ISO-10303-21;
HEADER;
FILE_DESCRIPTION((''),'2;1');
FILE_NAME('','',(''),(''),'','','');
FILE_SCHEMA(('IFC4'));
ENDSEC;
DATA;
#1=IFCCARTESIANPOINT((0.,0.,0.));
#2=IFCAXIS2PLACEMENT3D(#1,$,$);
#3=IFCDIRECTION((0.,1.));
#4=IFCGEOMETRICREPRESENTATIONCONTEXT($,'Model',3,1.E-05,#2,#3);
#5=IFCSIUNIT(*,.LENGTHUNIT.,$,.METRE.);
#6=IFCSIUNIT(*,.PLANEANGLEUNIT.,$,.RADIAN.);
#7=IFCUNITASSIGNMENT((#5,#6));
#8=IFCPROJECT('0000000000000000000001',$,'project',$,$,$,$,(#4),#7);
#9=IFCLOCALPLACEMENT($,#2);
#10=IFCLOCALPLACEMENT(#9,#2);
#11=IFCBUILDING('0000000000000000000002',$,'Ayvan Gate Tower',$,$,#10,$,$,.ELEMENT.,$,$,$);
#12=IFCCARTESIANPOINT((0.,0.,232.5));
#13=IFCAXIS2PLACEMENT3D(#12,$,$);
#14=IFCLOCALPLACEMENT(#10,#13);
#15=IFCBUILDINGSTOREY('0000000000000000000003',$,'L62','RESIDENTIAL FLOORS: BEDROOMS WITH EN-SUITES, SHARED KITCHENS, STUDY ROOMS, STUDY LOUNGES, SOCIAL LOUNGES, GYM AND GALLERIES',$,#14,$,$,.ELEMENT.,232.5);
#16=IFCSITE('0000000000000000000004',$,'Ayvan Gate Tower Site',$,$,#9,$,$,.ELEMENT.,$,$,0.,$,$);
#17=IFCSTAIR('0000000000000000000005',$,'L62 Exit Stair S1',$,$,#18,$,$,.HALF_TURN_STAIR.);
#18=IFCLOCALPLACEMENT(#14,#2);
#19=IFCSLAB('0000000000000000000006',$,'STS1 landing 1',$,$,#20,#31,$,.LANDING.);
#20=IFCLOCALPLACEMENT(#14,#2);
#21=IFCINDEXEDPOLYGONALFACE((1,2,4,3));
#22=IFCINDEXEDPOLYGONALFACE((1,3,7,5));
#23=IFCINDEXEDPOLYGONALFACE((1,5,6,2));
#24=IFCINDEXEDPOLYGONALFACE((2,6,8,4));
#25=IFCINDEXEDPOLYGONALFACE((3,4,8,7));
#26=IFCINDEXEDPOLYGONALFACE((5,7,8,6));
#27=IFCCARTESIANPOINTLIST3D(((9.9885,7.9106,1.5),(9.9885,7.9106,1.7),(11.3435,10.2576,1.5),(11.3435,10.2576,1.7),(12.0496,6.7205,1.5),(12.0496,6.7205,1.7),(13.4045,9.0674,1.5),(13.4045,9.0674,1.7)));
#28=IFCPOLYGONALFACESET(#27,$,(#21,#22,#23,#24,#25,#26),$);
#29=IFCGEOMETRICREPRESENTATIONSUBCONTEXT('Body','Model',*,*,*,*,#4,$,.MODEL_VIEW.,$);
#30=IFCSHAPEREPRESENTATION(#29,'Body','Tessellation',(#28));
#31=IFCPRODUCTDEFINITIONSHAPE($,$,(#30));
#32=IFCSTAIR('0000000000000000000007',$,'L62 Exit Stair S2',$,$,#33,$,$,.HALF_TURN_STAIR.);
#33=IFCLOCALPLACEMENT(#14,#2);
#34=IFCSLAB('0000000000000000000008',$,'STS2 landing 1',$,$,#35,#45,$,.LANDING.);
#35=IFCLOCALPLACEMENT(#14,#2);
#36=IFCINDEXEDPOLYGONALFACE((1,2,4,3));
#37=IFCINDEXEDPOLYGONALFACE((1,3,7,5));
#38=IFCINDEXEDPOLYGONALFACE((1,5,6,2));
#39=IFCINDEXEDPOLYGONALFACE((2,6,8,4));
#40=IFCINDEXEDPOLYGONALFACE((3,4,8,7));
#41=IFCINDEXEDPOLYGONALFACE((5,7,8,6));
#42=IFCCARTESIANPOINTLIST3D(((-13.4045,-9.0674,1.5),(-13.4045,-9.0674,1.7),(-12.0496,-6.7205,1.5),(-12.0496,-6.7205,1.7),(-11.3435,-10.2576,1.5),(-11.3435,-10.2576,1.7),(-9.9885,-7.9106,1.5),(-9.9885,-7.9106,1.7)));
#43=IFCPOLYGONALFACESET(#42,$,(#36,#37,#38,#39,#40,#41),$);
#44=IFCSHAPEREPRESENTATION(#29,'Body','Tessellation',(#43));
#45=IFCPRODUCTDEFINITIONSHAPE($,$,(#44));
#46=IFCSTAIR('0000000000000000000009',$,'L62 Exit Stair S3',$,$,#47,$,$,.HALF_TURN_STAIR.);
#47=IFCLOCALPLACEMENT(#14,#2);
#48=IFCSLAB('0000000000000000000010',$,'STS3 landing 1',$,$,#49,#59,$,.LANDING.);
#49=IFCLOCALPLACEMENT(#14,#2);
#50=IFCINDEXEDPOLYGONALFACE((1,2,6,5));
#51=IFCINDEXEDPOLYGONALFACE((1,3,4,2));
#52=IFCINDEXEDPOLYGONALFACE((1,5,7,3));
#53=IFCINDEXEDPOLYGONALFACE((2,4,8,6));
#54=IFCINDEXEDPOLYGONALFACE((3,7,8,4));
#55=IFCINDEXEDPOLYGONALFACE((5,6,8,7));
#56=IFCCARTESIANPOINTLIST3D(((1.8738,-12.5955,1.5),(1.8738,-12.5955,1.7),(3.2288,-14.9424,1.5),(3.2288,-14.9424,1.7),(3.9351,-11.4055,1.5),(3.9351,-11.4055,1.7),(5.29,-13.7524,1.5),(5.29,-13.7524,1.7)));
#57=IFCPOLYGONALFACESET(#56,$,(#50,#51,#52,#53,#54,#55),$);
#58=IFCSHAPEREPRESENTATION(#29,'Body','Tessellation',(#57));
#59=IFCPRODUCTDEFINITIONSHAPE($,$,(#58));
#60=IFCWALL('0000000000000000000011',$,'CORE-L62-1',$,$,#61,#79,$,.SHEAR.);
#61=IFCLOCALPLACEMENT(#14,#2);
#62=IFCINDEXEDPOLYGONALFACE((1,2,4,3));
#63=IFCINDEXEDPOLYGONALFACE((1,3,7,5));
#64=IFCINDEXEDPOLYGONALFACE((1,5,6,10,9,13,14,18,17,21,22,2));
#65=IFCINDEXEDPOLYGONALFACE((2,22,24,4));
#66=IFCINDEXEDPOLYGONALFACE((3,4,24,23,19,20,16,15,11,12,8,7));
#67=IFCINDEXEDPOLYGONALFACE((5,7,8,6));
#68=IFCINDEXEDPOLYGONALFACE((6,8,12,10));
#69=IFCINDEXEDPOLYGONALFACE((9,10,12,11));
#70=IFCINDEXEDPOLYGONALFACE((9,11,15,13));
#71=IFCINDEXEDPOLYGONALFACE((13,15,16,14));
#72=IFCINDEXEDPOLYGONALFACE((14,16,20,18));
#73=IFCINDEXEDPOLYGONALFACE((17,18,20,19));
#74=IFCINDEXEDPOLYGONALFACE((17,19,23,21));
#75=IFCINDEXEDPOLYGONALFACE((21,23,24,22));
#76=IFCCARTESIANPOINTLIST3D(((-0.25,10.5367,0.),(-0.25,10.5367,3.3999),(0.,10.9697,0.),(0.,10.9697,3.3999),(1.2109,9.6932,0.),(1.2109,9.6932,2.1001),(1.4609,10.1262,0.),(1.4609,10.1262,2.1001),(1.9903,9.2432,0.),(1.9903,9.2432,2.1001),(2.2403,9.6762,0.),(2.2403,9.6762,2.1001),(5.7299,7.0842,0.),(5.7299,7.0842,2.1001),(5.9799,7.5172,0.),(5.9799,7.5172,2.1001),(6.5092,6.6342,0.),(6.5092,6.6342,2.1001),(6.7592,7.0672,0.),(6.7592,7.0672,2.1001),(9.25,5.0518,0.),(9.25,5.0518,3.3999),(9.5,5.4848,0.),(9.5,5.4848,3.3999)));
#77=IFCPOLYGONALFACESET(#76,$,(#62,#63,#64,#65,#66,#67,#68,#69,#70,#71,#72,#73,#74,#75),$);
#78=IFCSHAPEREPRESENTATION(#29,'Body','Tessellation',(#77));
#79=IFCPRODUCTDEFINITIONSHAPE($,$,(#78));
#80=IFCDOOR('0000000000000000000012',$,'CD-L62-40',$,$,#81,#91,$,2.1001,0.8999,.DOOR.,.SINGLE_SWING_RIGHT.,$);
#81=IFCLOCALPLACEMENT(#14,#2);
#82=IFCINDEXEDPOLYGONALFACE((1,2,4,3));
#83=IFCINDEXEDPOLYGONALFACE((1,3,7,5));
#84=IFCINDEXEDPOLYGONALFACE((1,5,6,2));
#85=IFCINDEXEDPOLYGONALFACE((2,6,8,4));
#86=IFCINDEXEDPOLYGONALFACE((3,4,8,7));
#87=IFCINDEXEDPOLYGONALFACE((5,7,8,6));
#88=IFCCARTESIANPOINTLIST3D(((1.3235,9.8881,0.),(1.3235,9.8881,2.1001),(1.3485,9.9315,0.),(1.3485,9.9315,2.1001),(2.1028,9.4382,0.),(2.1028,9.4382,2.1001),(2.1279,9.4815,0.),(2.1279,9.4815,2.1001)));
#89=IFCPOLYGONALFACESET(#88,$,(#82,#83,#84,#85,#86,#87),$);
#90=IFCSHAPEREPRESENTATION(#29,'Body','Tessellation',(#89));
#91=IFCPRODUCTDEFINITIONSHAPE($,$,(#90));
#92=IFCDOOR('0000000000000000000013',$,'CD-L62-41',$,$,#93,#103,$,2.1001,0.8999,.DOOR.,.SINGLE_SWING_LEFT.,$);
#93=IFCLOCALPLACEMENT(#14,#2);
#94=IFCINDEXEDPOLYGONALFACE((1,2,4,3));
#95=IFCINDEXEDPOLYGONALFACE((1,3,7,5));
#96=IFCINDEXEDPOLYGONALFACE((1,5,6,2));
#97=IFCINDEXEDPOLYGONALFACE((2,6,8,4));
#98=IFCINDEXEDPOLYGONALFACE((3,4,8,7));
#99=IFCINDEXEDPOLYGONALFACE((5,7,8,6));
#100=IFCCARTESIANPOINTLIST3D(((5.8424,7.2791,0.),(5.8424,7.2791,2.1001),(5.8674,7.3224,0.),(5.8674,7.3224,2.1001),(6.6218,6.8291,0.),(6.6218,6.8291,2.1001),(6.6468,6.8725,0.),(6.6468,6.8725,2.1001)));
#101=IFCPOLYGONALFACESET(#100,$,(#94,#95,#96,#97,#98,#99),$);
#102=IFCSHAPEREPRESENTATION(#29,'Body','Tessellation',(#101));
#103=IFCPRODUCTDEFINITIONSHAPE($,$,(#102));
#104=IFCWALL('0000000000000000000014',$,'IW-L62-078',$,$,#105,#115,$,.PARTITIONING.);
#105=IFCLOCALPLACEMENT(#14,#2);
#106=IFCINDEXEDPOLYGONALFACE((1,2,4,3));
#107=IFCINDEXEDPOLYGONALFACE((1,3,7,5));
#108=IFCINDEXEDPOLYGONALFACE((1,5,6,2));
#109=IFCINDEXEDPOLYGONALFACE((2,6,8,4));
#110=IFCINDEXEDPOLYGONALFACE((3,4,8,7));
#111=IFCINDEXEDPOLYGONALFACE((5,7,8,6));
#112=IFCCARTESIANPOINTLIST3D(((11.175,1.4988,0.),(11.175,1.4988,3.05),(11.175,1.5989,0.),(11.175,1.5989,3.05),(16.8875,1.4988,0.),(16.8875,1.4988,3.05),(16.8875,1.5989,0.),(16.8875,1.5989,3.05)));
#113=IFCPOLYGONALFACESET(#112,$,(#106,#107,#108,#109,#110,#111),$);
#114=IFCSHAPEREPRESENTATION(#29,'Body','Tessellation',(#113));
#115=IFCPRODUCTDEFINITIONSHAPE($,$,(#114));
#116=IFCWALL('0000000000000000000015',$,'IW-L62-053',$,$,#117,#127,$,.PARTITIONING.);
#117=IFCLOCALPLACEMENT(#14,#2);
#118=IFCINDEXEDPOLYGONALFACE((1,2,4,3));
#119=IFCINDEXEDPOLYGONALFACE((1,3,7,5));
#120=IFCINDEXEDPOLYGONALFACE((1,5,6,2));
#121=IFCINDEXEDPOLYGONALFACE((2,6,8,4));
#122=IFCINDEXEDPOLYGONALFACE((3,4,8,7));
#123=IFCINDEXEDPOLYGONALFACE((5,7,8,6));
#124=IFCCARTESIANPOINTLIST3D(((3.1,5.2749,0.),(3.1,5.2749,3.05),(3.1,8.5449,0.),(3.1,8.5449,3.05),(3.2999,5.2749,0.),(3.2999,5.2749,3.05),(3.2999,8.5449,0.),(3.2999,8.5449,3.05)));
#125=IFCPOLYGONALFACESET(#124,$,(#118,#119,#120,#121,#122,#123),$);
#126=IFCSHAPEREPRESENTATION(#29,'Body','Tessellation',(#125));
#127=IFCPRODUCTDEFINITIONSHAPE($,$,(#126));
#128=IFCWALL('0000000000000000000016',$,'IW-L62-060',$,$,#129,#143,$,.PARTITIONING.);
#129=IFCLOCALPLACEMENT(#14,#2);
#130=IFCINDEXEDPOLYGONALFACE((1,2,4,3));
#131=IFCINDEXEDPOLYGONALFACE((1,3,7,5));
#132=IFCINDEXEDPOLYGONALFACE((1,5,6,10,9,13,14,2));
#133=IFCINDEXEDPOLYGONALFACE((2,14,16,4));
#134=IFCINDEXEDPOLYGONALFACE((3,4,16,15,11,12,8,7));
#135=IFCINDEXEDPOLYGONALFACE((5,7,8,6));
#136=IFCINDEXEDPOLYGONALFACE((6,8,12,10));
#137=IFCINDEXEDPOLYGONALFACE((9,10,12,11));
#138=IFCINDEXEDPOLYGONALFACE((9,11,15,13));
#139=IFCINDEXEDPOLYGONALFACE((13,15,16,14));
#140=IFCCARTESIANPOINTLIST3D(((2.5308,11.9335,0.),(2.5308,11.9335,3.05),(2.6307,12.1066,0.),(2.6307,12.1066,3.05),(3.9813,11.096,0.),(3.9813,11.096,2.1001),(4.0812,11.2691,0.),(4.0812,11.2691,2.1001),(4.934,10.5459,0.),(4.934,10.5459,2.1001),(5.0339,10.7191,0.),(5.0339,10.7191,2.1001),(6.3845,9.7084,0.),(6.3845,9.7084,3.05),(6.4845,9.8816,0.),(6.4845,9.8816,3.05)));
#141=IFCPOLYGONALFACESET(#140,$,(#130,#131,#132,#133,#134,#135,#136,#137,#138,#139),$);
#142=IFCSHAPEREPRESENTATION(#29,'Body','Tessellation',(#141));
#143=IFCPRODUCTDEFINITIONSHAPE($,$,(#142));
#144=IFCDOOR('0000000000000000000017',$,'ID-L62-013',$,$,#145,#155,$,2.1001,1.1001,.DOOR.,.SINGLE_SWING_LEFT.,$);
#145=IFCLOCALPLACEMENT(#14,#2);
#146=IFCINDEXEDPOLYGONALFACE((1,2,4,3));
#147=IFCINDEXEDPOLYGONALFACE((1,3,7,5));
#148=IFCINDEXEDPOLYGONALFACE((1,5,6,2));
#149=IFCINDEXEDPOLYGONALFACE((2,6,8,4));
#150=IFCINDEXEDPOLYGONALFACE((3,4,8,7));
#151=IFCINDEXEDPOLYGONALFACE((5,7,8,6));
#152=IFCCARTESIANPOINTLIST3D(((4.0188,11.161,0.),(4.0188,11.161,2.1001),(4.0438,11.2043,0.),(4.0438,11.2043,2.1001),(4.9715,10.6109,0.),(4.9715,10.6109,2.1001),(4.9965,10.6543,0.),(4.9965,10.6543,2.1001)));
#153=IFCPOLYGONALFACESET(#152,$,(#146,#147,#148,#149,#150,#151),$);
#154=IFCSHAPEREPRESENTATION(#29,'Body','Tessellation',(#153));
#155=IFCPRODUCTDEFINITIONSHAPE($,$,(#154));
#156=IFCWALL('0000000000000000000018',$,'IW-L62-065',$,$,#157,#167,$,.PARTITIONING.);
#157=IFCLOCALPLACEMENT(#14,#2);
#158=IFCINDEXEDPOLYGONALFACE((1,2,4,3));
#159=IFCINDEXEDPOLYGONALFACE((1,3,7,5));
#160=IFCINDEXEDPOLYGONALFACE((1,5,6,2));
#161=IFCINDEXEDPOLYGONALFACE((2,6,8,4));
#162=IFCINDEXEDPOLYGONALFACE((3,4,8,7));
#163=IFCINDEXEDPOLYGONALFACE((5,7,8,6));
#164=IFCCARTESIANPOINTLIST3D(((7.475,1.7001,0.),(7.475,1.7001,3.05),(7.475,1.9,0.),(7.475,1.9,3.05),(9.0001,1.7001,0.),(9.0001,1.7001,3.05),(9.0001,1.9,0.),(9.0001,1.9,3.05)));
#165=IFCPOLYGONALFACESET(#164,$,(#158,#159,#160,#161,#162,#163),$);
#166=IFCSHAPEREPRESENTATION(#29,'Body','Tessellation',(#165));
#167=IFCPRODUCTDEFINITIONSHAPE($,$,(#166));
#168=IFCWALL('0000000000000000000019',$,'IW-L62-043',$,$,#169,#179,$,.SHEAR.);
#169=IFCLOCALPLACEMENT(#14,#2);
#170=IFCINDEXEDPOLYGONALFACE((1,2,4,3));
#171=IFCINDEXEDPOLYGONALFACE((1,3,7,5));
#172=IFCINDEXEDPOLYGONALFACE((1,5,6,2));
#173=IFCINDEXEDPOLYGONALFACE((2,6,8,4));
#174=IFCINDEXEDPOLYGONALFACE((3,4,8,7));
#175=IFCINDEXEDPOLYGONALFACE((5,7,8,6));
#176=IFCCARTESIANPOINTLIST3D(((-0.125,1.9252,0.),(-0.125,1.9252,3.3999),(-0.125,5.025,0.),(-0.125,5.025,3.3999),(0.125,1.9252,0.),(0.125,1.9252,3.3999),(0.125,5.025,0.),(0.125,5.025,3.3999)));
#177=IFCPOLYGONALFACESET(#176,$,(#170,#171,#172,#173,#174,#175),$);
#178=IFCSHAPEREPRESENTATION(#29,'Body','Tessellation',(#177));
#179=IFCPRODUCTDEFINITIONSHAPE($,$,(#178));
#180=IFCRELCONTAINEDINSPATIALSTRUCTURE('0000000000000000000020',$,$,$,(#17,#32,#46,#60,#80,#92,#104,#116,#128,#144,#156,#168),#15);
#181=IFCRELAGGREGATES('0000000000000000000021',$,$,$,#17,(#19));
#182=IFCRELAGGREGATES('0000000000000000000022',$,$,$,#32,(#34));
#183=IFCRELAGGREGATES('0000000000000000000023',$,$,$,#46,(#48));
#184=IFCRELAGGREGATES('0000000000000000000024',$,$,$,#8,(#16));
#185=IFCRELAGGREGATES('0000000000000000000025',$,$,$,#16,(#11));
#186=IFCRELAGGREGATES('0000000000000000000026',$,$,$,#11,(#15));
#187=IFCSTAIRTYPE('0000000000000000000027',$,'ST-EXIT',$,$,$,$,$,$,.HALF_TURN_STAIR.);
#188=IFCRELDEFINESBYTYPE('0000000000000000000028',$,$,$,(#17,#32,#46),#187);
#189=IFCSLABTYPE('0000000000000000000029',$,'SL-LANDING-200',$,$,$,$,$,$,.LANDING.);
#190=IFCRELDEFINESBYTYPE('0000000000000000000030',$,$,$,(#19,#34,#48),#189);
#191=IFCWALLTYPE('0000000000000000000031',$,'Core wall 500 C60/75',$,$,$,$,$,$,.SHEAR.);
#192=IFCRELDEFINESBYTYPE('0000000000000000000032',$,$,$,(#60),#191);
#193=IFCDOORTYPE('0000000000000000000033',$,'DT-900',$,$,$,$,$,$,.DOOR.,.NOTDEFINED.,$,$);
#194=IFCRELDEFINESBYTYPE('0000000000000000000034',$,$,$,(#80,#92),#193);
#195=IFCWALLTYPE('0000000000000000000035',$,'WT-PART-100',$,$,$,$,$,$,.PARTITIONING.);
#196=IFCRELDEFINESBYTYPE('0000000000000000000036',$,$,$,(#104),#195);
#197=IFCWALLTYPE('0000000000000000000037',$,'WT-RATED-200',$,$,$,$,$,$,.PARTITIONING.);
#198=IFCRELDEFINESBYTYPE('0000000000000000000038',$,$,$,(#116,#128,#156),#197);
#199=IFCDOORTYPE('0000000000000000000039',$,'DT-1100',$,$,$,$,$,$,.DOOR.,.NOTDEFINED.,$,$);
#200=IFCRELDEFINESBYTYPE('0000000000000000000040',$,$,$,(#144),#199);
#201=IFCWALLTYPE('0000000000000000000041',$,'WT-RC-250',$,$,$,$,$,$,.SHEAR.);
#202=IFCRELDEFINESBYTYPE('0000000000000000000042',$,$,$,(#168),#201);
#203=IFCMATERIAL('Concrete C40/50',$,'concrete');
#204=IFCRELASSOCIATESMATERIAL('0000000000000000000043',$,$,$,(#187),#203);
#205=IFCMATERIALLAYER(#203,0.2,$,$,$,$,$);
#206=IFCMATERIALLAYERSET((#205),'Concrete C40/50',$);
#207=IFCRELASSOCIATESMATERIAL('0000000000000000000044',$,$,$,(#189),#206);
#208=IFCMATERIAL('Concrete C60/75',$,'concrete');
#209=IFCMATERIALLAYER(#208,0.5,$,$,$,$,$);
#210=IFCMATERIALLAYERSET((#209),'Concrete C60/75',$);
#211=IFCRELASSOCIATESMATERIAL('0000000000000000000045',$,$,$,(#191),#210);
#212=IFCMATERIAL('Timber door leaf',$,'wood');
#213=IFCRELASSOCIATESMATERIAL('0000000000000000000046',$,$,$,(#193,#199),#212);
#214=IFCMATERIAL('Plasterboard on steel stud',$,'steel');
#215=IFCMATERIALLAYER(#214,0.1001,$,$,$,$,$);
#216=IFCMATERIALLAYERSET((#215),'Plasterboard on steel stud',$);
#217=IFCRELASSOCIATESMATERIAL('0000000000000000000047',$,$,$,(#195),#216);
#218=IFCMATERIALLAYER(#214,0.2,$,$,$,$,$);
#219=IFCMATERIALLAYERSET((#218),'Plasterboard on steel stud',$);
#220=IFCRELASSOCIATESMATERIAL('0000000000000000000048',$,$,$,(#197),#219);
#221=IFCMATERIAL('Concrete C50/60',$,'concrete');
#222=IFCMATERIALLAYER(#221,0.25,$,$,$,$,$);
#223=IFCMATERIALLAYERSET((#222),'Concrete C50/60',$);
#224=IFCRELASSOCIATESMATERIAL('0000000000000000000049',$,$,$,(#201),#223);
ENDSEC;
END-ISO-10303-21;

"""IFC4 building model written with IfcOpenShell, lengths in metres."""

from ifc_helpers import new_model, si_unit, direction, frame, frame_2d, origin, place, context, subcontext, project, spatial, polyline, rectangle, outline, extrude, material, layer, layer_set, type_object, element, fill, aggregate, save


model = new_model("IFC4")

# Units and contexts
model_context = context("Model", 3, precision=1e-05, world=origin(), true_north=direction((0.0, 1.0)))
body_context = subcontext(model_context, "Body", "Model", "MODEL_VIEW")
ifc_project = project(units=[si_unit("LENGTHUNIT", "METRE"), si_unit("PLANEANGLEUNIT", "RADIAN")], contexts=[model_context])

# Site, building, storey
site_placement = place(None, origin())
site = spatial("IfcSite", under=ifc_project, at=site_placement, Name="Ayvan Gate Tower Site", CompositionType="ELEMENT", RefElevation=0.0)
building_placement = place(site_placement, origin())
building = spatial("IfcBuilding", under=site, at=building_placement, Name="Ayvan Gate Tower", CompositionType="ELEMENT")
storey_placement = place(building_placement, frame((0.0, 0.0, 232.5)))
storey = spatial("IfcBuildingStorey", under=building, at=storey_placement, Name="L62", Description="RESIDENTIAL FLOORS: BEDROOMS WITH EN-SUITES, SHARED KITCHENS, STUDY ROOMS, STUDY LOUNGES, SOCIAL LOUNGES, GYM AND GALLERIES", CompositionType="ELEMENT", Elevation=232.5)

# Stairs, slabs
ifc_material_1 = material(Name="Concrete C40/50", Category="concrete")
stair_type = type_object("IfcStairType", Name="ST-EXIT", PredefinedType="HALF_TURN_STAIR", material=ifc_material_1)
stair_1_placement = place(storey_placement, origin())
stair_1 = element("IfcStair", 1, at=stair_1_placement, inside=storey, type_object=stair_type, Name="L62 Exit Stair S1", PredefinedType="HALF_TURN_STAIR")
ifc_layer_1 = layer(ifc_material_1, 0.2)
ifc_layer_set_1 = layer_set([ifc_layer_1], Name="Concrete C40/50")
slab_type = type_object("IfcSlabType", Name="SL-LANDING-200", PredefinedType="LANDING", material=ifc_layer_set_1)
slab_1_placement = place(storey_placement, frame((0.0, 0.0, 1.5)))
slab_1 = element("IfcSlab", 2, at=slab_1_placement, type_object=slab_type, Name="STS1 landing 1", PredefinedType="LANDING", context=body_context, shape_type="SweptSolid", body=[
    extrude(outline(polyline([(9.9885, 7.9106), (12.0496, 6.7205), (13.4045, 9.0674), (11.3435, 10.2576), (9.9885, 7.9106)])), origin(), (0.0, 0.0, 1.0), 0.2),
])
aggregate(stair_1, [slab_1])
stair_2_placement = place(storey_placement, origin())
stair_2 = element("IfcStair", 3, at=stair_2_placement, inside=storey, type_object=stair_type, Name="L62 Exit Stair S2", PredefinedType="HALF_TURN_STAIR")
slab_2_placement = place(storey_placement, frame((0.0, 0.0, 1.5)))
slab_2 = element("IfcSlab", 4, at=slab_2_placement, type_object=slab_type, Name="STS2 landing 1", PredefinedType="LANDING", context=body_context, shape_type="SweptSolid", body=[
    extrude(outline(polyline([(-9.9885, -7.9106), (-12.0496, -6.7205), (-13.4045, -9.0674), (-11.3435, -10.2576), (-9.9885, -7.9106)])), origin(), (0.0, 0.0, 1.0), 0.2),
])
aggregate(stair_2, [slab_2])
stair_3_placement = place(storey_placement, origin())
stair_3 = element("IfcStair", 5, at=stair_3_placement, inside=storey, type_object=stair_type, Name="L62 Exit Stair S3", PredefinedType="HALF_TURN_STAIR")
slab_3_placement = place(storey_placement, frame((0.0, 0.0, 1.5)))
slab_3 = element("IfcSlab", 6, at=slab_3_placement, type_object=slab_type, Name="STS3 landing 1", PredefinedType="LANDING", context=body_context, shape_type="SweptSolid", body=[
    extrude(outline(polyline([(3.9351, -11.4055), (1.8738, -12.5955), (3.2288, -14.9424), (5.29, -13.7524), (3.9351, -11.4055)])), origin(), (0.0, 0.0, 1.0), 0.2),
])
aggregate(stair_3, [slab_3])

# Wall, openings, doors
ifc_material_2 = material(Name="Concrete C60/75", Category="concrete")
ifc_layer_2 = layer(ifc_material_2, 0.5)
ifc_layer_set_2 = layer_set([ifc_layer_2], Name="Concrete C60/75")
wall_type_1 = type_object("IfcWallType", Name="Core wall 500 C60/75", PredefinedType="SHEAR", material=ifc_layer_set_2)
wall_1_placement = place(storey_placement, frame((9.375, 5.2683, 0.0), z_axis=(0.0, 0.0, 1.0), x_axis=(-0.866024, 0.500002, 0.0)))
wall_1 = element("IfcWall", 7, at=wall_1_placement, inside=storey, type_object=wall_type_1, Name="CORE-L62-1", PredefinedType="SHEAR", context=body_context, shape_type="SweptSolid", body=[
    extrude(rectangle(XDim=10.9697, YDim=0.5, at=frame_2d((5.4849, 0.0))), origin(), (0.0, 0.0, 1.0), 3.3999),
])
opening_1_placement = place(wall_1_placement, frame((8.3828, 0.0, 0.0)))
opening_1 = element("IfcOpeningElement", 8, at=opening_1_placement, cuts=wall_1, PredefinedType="OPENING", context=body_context, shape_type="SweptSolid", body=[
    extrude(rectangle(XDim=0.8999, YDim=2.1001, at=frame_2d((0.45, 1.05))), frame((0.0, 0.26, 0.0), z_axis=(0.0, -1.0, 0.0), x_axis=(1.0, 0.0, 0.0)), (0.0, 0.0, 1.0), 0.52),
])
opening_2_placement = place(wall_1_placement, frame((3.1648, 0.0, 0.0)))
opening_2 = element("IfcOpeningElement", 9, at=opening_2_placement, cuts=wall_1, PredefinedType="OPENING", context=body_context, shape_type="SweptSolid", body=[
    extrude(rectangle(XDim=0.8999, YDim=2.1001, at=frame_2d((0.45, 1.05))), frame((0.0, 0.26, 0.0), z_axis=(0.0, -1.0, 0.0), x_axis=(1.0, 0.0, 0.0)), (0.0, 0.0, 1.0), 0.52),
])
ifc_material_3 = material(Name="Timber door leaf", Category="wood")
door_type_1 = type_object("IfcDoorType", Name="DT-900", OperationType="NOTDEFINED", PredefinedType="DOOR", material=ifc_material_3)
door_1_placement = place(opening_1_placement, origin())
door_1 = element("IfcDoor", 10, at=door_1_placement, inside=storey, type_object=door_type_1, Name="CD-L62-40", OperationType="SINGLE_SWING_RIGHT", OverallHeight=2.1001, OverallWidth=0.8999, PredefinedType="DOOR", context=body_context, shape_type="SweptSolid", body=[
    extrude(rectangle(XDim=0.8999, YDim=2.1001, at=frame_2d((0.45, 1.05))), frame((0.0, 0.0249, 0.0), z_axis=(0.0, -1.0, 0.0), x_axis=(1.0, 0.0, 0.0)), (0.0, 0.0, 1.0), 0.05),
])
fill(opening_1, door_1)
door_2_placement = place(opening_2_placement, origin())
door_2 = element("IfcDoor", 11, at=door_2_placement, inside=storey, type_object=door_type_1, Name="CD-L62-41", OperationType="SINGLE_SWING_LEFT", OverallHeight=2.1001, OverallWidth=0.8999, PredefinedType="DOOR", context=body_context, shape_type="SweptSolid", body=[
    extrude(rectangle(XDim=0.8999, YDim=2.1001, at=frame_2d((0.45, 1.05))), frame((0.0, 0.0249, 0.0), z_axis=(0.0, -1.0, 0.0), x_axis=(1.0, 0.0, 0.0)), (0.0, 0.0, 1.0), 0.05),
])
fill(opening_2, door_2)

# Walls
ifc_material_4 = material(Name="Plasterboard on steel stud", Category="steel")
ifc_layer_3 = layer(ifc_material_4, 0.1001)
ifc_layer_set_3 = layer_set([ifc_layer_3], Name="Plasterboard on steel stud")
wall_type_2 = type_object("IfcWallType", Name="WT-PART-100", PredefinedType="PARTITIONING", material=ifc_layer_set_3)
wall_2_placement = place(storey_placement, frame((11.175, 1.5488, 0.0), z_axis=(0.0, 0.0, 1.0), x_axis=(1.0, 0.0, 0.0)))
element("IfcWall", 12, at=wall_2_placement, inside=storey, type_object=wall_type_2, Name="IW-L62-078", PredefinedType="PARTITIONING", context=body_context, shape_type="SweptSolid", body=[
    extrude(rectangle(XDim=5.7124, YDim=0.1001, at=frame_2d((2.8562, 0.0))), origin(), (0.0, 0.0, 1.0), 3.05),
])
ifc_layer_4 = layer(ifc_material_4, 0.2)
ifc_layer_set_4 = layer_set([ifc_layer_4], Name="Plasterboard on steel stud")
wall_type_3 = type_object("IfcWallType", Name="WT-RATED-200", PredefinedType="PARTITIONING", material=ifc_layer_set_4)
wall_3_placement = place(storey_placement, frame((3.2, 8.5449, 0.0), z_axis=(0.0, 0.0, 1.0), x_axis=(0.0, -1.0, 0.0)))
element("IfcWall", 13, at=wall_3_placement, inside=storey, type_object=wall_type_3, Name="IW-L62-053", PredefinedType="PARTITIONING", context=body_context, shape_type="SweptSolid", body=[
    extrude(rectangle(XDim=3.27, YDim=0.2, at=frame_2d((1.635, 0.0))), origin(), (0.0, 0.0, 1.0), 3.05),
])

# Wall, opening, door
wall_4_placement = place(storey_placement, frame((6.4346, 9.7949, 0.0), z_axis=(0.0, 0.0, 1.0), x_axis=(-0.866013, 0.500022, 0.0)))
wall_4 = element("IfcWall", 14, at=wall_4_placement, inside=storey, type_object=wall_type_3, Name="IW-L62-060", PredefinedType="PARTITIONING", context=body_context, shape_type="SweptSolid", body=[
    extrude(rectangle(XDim=4.45, YDim=0.2, at=frame_2d((2.2251, 0.0))), origin(), (0.0, 0.0, 1.0), 3.05),
])
opening_3_placement = place(wall_4_placement, frame((1.675, 0.0, 0.0)))
opening_3 = element("IfcOpeningElement", 15, at=opening_3_placement, cuts=wall_4, PredefinedType="OPENING", context=body_context, shape_type="SweptSolid", body=[
    extrude(rectangle(XDim=1.1001, YDim=2.1001, at=frame_2d((0.55, 1.05))), frame((0.0, 0.1099, 0.0), z_axis=(0.0, -1.0, 0.0), x_axis=(1.0, 0.0, 0.0)), (0.0, 0.0, 1.0), 0.22),
])
door_type_2 = type_object("IfcDoorType", Name="DT-1100", OperationType="NOTDEFINED", PredefinedType="DOOR", material=ifc_material_3)
door_3_placement = place(opening_3_placement, origin())
door_3 = element("IfcDoor", 16, at=door_3_placement, inside=storey, type_object=door_type_2, Name="ID-L62-013", OperationType="SINGLE_SWING_LEFT", OverallHeight=2.1001, OverallWidth=1.1001, PredefinedType="DOOR", context=body_context, shape_type="SweptSolid", body=[
    extrude(rectangle(XDim=1.1001, YDim=2.1001, at=frame_2d((0.55, 1.05))), frame((0.0, 0.0249, 0.0), z_axis=(0.0, -1.0, 0.0), x_axis=(1.0, 0.0, 0.0)), (0.0, 0.0, 1.0), 0.05),
])
fill(opening_3, door_3)

# Walls
wall_5_placement = place(storey_placement, frame((7.4749, 1.8, 0.0), z_axis=(0.0, 0.0, 1.0), x_axis=(1.0, 0.0, 0.0)))
element("IfcWall", 17, at=wall_5_placement, inside=storey, type_object=wall_type_3, Name="IW-L62-065", PredefinedType="PARTITIONING", context=body_context, shape_type="SweptSolid", body=[
    extrude(rectangle(XDim=1.5251, YDim=0.2, at=frame_2d((0.7627, 0.0))), origin(), (0.0, 0.0, 1.0), 3.05),
])
ifc_material_5 = material(Name="Concrete C50/60", Category="concrete")
ifc_layer_5 = layer(ifc_material_5, 0.25)
ifc_layer_set_5 = layer_set([ifc_layer_5], Name="Concrete C50/60")
wall_type_4 = type_object("IfcWallType", Name="WT-RC-250", PredefinedType="SHEAR", material=ifc_layer_set_5)
for number, where, z_axis, x_axis, name in (
    (18, (0.0, 5.0249, 0.0), (0.0, 0.0, 1.0), (0.0, -1.0, 0.0), "IW-L62-043"),
):
    element("IfcWall", number, at=place(storey_placement, frame(where, z_axis=z_axis, x_axis=x_axis)), inside=storey, type_object=wall_type_4, Name=name, PredefinedType="SHEAR", context=body_context, shape_type="SweptSolid", body=[
        extrude(rectangle(XDim=3.0999, YDim=0.25, at=frame_2d((1.5498, 0.0))), origin(), (0.0, 0.0, 1.0), 3.3999),
    ])

save(model, "model.ifc")
